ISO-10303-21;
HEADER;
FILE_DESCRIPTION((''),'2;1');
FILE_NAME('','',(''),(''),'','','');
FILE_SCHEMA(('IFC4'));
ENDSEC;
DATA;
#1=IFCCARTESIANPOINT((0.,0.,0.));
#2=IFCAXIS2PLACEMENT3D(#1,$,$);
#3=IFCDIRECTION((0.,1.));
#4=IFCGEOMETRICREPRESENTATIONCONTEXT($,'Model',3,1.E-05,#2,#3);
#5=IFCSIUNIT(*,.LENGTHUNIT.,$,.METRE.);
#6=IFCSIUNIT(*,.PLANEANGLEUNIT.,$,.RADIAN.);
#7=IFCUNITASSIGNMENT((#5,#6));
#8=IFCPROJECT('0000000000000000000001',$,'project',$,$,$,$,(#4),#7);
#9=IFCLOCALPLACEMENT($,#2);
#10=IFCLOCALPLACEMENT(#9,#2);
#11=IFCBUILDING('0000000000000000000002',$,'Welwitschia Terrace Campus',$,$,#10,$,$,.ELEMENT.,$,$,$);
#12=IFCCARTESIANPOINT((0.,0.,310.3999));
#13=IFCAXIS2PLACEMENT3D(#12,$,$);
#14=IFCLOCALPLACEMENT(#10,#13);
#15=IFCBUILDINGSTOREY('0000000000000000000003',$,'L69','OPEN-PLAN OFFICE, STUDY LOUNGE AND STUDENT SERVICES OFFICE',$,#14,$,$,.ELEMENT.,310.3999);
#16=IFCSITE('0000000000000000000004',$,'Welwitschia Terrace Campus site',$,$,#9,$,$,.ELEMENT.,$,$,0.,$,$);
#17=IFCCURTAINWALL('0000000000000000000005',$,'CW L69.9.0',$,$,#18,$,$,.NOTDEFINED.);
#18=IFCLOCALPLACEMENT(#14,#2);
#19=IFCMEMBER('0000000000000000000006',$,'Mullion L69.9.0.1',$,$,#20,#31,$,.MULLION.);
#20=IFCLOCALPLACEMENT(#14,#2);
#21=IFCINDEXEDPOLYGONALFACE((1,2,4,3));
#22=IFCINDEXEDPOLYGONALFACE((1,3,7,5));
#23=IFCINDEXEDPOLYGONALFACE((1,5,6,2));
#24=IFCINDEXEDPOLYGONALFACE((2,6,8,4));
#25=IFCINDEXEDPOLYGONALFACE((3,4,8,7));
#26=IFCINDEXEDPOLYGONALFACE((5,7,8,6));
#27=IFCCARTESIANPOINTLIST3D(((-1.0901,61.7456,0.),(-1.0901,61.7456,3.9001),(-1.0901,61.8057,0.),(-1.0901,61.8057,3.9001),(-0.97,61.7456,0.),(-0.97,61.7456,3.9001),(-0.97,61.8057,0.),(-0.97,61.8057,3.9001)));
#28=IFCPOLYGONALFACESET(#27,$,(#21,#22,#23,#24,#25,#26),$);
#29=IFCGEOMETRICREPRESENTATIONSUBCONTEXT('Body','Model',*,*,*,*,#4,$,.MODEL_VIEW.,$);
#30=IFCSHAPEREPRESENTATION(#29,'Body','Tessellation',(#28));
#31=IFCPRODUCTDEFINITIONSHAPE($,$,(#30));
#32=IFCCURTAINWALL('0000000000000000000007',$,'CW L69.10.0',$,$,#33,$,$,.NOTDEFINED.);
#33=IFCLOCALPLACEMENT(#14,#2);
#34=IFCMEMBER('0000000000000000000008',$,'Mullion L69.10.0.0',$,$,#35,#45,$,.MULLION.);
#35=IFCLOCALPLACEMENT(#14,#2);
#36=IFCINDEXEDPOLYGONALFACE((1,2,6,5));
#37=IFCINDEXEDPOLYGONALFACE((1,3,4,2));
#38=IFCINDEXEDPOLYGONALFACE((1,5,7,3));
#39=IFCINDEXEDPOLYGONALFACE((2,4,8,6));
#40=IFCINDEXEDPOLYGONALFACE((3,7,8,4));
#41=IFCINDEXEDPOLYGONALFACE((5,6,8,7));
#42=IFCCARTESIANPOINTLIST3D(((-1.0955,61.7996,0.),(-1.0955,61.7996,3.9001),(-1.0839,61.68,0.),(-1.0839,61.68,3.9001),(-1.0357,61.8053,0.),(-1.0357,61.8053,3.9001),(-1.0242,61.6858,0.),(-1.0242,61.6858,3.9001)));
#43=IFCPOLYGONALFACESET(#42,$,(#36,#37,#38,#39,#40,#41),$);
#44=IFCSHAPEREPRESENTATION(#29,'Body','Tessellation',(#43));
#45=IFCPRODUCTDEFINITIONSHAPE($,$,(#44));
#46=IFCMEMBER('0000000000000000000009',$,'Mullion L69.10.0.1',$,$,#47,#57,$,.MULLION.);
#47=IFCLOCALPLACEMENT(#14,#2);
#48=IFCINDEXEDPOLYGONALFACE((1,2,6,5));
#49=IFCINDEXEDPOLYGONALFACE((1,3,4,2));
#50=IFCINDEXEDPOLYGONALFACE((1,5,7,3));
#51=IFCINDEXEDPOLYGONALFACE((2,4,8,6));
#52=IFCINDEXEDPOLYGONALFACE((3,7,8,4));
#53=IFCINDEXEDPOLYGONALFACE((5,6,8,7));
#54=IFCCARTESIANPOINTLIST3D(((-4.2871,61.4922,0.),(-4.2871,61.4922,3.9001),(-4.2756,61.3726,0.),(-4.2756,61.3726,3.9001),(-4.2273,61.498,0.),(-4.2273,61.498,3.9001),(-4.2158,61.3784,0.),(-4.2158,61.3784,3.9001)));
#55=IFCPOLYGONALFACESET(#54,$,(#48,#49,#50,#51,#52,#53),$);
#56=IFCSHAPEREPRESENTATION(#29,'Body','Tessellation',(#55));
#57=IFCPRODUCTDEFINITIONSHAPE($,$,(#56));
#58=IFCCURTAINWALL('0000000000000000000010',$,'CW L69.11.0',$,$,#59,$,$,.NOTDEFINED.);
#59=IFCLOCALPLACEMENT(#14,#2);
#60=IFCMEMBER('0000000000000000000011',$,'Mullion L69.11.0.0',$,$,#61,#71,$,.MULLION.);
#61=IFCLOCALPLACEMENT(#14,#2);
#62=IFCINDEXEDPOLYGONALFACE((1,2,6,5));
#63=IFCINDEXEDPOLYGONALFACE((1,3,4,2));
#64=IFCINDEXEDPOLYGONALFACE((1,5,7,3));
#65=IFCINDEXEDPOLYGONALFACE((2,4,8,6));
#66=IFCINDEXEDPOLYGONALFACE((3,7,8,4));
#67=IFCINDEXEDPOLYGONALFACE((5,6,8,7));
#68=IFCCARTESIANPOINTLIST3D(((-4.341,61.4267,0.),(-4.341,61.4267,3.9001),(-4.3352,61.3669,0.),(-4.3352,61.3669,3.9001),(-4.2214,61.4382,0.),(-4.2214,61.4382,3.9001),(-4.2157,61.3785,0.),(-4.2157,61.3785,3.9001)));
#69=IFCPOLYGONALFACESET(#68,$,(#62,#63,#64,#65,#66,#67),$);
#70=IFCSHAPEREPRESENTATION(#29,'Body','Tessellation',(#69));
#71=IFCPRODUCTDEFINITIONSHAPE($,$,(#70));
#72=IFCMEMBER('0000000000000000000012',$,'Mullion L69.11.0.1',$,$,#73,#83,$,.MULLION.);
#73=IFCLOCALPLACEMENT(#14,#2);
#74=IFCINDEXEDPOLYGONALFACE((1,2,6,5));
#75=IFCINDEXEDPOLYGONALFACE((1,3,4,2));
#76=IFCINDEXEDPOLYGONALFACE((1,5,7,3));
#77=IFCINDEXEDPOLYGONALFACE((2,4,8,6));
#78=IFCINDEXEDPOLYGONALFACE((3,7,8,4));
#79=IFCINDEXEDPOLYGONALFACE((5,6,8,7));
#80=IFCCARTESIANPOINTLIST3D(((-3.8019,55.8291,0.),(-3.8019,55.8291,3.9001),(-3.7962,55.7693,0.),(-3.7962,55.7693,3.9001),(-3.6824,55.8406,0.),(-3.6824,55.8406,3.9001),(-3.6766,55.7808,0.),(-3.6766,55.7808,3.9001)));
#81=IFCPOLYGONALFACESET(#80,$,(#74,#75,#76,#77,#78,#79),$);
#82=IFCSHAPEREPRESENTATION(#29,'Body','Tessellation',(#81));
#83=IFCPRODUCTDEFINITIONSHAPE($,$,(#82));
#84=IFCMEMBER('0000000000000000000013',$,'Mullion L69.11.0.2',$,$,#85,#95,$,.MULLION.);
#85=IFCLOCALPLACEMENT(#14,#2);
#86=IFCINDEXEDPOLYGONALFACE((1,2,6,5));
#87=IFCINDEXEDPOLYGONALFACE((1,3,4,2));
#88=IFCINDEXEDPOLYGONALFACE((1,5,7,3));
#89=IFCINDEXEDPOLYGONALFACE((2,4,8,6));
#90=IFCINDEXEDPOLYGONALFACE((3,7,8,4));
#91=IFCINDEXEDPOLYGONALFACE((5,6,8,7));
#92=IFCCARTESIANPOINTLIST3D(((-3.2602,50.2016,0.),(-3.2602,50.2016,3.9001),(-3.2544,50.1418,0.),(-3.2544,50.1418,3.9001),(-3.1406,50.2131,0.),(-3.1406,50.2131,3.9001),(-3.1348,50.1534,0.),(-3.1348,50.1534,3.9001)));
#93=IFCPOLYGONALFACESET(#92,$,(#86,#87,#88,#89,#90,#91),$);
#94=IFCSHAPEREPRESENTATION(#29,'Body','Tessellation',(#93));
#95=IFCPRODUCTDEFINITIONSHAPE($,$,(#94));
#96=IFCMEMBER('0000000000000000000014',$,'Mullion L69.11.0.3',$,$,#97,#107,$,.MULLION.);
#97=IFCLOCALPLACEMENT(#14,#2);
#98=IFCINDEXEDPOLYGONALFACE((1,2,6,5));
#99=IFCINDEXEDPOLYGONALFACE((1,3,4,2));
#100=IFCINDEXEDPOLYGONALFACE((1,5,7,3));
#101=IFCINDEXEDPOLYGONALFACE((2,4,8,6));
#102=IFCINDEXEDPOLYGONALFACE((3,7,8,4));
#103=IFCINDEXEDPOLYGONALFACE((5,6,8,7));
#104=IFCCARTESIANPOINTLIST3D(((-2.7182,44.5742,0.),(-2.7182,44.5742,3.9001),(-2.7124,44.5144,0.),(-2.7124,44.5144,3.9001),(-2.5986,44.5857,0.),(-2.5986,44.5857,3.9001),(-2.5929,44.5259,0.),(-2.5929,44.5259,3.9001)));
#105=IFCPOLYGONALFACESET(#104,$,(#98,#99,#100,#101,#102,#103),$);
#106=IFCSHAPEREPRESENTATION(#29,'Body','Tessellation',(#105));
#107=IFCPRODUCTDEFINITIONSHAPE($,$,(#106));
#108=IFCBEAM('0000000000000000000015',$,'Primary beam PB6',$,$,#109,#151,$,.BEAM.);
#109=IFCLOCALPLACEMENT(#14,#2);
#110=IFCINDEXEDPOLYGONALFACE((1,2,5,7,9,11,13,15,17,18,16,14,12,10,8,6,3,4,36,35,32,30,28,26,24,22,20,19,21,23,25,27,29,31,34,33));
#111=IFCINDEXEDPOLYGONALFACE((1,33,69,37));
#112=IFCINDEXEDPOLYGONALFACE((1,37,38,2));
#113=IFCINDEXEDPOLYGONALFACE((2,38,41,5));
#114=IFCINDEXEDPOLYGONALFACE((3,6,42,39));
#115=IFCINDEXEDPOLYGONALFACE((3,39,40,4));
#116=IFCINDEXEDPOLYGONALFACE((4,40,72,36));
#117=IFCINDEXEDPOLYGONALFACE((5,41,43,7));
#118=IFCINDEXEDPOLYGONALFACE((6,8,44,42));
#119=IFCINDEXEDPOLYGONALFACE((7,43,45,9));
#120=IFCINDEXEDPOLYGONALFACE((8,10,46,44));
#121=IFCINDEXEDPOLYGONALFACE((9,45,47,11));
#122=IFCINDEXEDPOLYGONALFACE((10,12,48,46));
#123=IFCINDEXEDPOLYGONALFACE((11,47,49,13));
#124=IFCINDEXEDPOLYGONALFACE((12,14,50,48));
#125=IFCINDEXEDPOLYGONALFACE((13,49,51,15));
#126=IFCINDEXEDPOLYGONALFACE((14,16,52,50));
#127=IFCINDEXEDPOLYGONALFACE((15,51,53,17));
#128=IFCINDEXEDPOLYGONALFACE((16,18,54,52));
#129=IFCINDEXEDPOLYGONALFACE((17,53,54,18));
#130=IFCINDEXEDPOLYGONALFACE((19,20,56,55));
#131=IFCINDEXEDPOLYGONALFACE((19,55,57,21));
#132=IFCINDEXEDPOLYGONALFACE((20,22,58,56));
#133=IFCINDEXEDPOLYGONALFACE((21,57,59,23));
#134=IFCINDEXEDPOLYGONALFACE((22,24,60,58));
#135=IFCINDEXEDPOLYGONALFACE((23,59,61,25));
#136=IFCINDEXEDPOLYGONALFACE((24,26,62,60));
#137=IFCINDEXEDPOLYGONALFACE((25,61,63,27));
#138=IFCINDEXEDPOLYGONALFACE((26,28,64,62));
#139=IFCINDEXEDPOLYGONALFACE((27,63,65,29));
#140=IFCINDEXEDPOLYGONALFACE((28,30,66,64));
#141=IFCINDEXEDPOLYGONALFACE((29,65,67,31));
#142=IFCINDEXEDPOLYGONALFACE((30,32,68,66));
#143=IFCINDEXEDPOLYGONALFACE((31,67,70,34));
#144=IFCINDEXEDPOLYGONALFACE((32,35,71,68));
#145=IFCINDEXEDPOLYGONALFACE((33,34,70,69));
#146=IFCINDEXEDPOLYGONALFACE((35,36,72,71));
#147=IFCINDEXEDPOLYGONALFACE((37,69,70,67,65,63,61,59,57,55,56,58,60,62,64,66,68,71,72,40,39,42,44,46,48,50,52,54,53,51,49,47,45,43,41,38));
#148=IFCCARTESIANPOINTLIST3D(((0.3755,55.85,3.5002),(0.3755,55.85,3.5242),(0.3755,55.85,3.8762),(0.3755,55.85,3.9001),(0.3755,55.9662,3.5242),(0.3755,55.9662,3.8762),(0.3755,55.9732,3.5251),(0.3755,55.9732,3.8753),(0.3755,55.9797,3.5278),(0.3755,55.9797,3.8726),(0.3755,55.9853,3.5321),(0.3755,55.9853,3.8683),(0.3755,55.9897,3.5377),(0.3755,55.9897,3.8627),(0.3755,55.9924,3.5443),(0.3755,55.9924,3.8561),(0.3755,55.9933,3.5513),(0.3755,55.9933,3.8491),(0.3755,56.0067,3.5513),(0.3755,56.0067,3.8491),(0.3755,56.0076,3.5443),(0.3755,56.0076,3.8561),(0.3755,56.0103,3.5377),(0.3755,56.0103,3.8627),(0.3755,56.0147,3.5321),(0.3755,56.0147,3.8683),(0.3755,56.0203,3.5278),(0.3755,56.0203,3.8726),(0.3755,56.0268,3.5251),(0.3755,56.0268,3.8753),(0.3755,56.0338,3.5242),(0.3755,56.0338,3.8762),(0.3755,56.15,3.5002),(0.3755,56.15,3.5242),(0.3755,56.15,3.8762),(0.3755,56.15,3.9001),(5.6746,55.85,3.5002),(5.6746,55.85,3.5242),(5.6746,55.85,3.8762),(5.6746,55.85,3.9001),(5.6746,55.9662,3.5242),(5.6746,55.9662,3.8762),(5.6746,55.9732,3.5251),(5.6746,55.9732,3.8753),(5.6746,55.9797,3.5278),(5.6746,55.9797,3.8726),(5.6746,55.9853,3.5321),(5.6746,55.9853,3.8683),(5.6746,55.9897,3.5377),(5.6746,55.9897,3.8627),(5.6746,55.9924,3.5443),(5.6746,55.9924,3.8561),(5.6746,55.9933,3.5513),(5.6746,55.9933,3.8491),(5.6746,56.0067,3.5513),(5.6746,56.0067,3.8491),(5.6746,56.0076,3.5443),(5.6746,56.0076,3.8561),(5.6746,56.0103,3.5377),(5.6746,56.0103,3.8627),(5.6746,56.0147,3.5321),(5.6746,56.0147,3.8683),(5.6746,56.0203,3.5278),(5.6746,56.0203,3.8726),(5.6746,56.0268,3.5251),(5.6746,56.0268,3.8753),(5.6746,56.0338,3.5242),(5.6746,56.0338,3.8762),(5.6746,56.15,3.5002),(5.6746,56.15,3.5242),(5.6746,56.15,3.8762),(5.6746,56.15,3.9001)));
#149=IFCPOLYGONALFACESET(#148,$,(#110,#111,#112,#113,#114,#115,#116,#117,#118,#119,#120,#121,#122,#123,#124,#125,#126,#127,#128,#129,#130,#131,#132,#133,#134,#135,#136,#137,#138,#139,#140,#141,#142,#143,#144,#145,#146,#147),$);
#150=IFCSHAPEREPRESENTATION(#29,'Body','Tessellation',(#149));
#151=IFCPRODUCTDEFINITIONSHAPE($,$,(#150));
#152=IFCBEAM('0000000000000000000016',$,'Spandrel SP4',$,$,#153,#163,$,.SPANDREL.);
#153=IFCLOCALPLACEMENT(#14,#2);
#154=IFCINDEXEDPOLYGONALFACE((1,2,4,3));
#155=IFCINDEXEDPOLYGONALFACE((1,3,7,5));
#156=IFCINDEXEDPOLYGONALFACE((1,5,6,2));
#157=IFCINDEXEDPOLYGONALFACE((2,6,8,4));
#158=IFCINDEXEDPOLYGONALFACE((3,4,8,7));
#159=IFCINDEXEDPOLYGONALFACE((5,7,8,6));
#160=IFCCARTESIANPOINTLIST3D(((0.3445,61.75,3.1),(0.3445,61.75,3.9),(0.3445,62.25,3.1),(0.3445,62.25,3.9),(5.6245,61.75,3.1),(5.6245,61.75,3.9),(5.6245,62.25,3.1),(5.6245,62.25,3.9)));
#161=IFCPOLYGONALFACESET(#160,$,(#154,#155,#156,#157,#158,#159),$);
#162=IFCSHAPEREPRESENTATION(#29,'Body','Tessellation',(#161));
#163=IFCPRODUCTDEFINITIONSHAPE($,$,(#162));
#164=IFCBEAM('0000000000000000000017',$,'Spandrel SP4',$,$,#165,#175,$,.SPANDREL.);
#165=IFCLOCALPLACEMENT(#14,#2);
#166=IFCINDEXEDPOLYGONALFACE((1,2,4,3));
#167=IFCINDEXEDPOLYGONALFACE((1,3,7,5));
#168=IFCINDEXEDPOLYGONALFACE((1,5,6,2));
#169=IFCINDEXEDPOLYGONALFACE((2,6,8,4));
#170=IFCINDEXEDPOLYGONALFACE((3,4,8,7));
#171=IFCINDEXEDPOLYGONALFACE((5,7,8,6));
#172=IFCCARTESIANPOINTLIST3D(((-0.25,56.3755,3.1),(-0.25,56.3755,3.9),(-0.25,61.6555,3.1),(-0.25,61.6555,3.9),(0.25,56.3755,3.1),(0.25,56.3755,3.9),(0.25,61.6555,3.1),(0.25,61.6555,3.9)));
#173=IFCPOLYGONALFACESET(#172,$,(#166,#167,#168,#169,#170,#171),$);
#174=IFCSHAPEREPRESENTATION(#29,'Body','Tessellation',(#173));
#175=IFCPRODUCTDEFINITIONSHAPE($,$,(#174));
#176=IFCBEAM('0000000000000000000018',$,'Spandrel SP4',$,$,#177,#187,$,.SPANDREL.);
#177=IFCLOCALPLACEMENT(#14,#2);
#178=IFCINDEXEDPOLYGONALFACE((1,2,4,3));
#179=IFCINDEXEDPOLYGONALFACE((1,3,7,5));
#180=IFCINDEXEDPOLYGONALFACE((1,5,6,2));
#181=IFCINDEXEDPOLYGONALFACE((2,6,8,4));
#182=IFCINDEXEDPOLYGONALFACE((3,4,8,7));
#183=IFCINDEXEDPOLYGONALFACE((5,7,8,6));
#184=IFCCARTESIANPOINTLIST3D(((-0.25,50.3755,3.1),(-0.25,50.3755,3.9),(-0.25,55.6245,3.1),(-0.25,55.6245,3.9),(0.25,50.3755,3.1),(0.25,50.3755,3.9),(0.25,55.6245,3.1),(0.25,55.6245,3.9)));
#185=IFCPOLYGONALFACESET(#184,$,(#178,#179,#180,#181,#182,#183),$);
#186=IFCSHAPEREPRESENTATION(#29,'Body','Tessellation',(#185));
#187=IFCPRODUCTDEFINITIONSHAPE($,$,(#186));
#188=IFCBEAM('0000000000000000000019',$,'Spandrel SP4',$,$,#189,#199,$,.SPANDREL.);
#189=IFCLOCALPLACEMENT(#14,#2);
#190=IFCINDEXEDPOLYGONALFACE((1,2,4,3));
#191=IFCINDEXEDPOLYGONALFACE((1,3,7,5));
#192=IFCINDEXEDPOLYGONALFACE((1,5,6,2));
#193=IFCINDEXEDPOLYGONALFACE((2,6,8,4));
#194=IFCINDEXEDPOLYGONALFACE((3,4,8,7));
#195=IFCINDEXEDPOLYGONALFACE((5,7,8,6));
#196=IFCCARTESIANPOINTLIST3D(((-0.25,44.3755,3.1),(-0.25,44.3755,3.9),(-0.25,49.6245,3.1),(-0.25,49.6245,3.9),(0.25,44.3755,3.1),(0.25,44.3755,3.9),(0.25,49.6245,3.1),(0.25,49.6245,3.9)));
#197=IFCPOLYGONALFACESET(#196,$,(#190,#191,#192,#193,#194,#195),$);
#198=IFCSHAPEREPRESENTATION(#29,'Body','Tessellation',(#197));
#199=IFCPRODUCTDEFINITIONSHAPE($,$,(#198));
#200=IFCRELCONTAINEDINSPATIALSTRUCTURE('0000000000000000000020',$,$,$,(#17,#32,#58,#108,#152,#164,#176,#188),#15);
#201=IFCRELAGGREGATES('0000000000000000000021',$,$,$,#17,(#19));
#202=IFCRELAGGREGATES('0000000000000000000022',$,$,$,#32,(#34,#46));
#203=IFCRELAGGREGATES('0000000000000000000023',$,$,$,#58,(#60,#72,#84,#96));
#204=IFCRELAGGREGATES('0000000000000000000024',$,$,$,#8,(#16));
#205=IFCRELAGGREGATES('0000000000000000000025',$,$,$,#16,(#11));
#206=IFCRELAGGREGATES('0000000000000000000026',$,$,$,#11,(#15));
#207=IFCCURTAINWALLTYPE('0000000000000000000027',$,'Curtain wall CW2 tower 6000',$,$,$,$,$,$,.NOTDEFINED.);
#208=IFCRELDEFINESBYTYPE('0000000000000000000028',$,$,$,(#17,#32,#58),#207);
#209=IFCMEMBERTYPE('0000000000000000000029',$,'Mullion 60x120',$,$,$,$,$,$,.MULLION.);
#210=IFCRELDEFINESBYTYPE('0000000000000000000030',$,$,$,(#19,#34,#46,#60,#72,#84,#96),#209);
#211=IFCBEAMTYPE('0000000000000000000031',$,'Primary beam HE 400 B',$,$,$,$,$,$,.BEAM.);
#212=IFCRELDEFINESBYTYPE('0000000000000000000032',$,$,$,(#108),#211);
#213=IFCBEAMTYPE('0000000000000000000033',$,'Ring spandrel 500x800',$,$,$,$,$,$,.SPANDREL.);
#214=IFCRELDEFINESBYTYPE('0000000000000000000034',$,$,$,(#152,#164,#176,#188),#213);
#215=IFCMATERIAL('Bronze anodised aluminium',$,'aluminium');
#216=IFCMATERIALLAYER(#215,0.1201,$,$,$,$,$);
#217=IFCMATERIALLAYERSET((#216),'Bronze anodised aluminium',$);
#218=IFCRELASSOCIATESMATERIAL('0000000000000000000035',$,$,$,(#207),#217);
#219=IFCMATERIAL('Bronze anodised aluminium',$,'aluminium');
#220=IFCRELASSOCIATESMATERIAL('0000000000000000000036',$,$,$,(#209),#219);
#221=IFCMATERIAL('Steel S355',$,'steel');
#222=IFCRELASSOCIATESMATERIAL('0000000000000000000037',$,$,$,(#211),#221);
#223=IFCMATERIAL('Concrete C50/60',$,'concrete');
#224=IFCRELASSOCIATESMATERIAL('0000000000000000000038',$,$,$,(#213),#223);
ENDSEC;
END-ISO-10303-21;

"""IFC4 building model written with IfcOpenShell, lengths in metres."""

from ifc_helpers import new_model, si_unit, direction, frame, origin, origin_2d, place, context, subcontext, project, spatial, rectangle, i_section, extrude, material, layer, layer_set, material_profile, profile_set, type_object, element, aggregate, save


model = new_model("IFC4")

# Units and contexts
model_context = context("Model", 3, precision=1e-05, world=origin(), true_north=direction((0.0, 1.0)))
body_context = subcontext(model_context, "Body", "Model", "MODEL_VIEW")
ifc_project = project(units=[si_unit("LENGTHUNIT", "METRE"), si_unit("PLANEANGLEUNIT", "RADIAN")], contexts=[model_context])

# Site, building, storey
site_placement = place(None, origin())
site = spatial("IfcSite", under=ifc_project, at=site_placement, Name="Welwitschia Terrace Campus site", CompositionType="ELEMENT", RefElevation=0.0)
building_placement = place(site_placement, origin())
building = spatial("IfcBuilding", under=site, at=building_placement, Name="Welwitschia Terrace Campus", CompositionType="ELEMENT")
storey_placement = place(building_placement, frame((0.0, 0.0, 310.3999)))
storey = spatial("IfcBuildingStorey", under=building, at=storey_placement, Name="L69", Description="OPEN-PLAN OFFICE, STUDY LOUNGE AND STUDENT SERVICES OFFICE", CompositionType="ELEMENT", Elevation=310.3999)

# Curtain walls, members
ifc_material_1 = material(Name="Bronze anodised aluminium", Category="aluminium")
ifc_layer_1 = layer(ifc_material_1, 0.1201)
ifc_layer_set_1 = layer_set([ifc_layer_1], Name="Bronze anodised aluminium")
curtain_wall_type = type_object("IfcCurtainWallType", Name="Curtain wall CW2 tower 6000", PredefinedType="NOTDEFINED", material=ifc_layer_set_1)
ifc_material_2 = material(Name="Bronze anodised aluminium", Category="aluminium")
ifc_material_profile_1 = material_profile(ifc_material_2, rectangle(XDim=0.1201, YDim=0.0601, at=origin_2d()))
ifc_profile_set_1 = profile_set([ifc_material_profile_1], Name="Bronze anodised aluminium")
member_type_1 = type_object("IfcMemberType", Name="Mullion 60x120", PredefinedType="MULLION", material=ifc_profile_set_1)
curtain_wall_1_placement = place(storey_placement, origin())
curtain_wall_1 = element("IfcCurtainWall", 1, at=curtain_wall_1_placement, inside=storey, type_object=curtain_wall_type, Name="CW L69.9.0", PredefinedType="NOTDEFINED")
member_1_placement = place(storey_placement, frame((-1.03, 61.7756, 0.0), z_axis=(0.0, 0.0, 1.0), x_axis=(1.0, 0.0, 0.0)))
member_1 = element("IfcMember", 2, at=member_1_placement, type_object=member_type_1, Name="Mullion L69.9.0.1", PredefinedType="MULLION", context=body_context, shape_type="SweptSolid", body=[
    extrude(rectangle(XDim=0.1201, YDim=0.0601, at=origin_2d()), origin(), (0.0, 0.0, 1.0), 3.9001),
])
curtain_wall_2_placement = place(storey_placement, origin())
curtain_wall_2 = element("IfcCurtainWall", 3, at=curtain_wall_2_placement, inside=storey, type_object=curtain_wall_type, Name="CW L69.10.0", PredefinedType="NOTDEFINED")
member_2_placement = place(storey_placement, frame((-1.0598, 61.7427, 0.0), z_axis=(0.0, 0.0, 1.0), x_axis=(0.095846, -0.995396, 0.0)))
member_2 = element("IfcMember", 4, at=member_2_placement, type_object=member_type_1, Name="Mullion L69.10.0.0", PredefinedType="MULLION", context=body_context, shape_type="SweptSolid", body=[
    extrude(rectangle(XDim=0.1201, YDim=0.0601, at=origin_2d()), origin(), (0.0, 0.0, 1.0), 3.9001),
])
member_3_placement = place(storey_placement, frame((-4.2515, 61.4353, 0.0), z_axis=(0.0, 0.0, 1.0), x_axis=(0.095846, -0.995396, 0.0)))
member_3 = element("IfcMember", 5, at=member_3_placement, type_object=member_type_1, Name="Mullion L69.10.0.1", PredefinedType="MULLION", context=body_context, shape_type="SweptSolid", body=[
    extrude(rectangle(XDim=0.1201, YDim=0.0601, at=origin_2d()), origin(), (0.0, 0.0, 1.0), 3.9001),
])
curtain_wall_3_placement = place(storey_placement, origin())
curtain_wall_3 = element("IfcCurtainWall", 6, at=curtain_wall_3_placement, inside=storey, type_object=curtain_wall_type, Name="CW L69.11.0", PredefinedType="NOTDEFINED")
member_4_placement = place(storey_placement, frame((-4.2783, 61.4026, 0.0), z_axis=(0.0, 0.0, 1.0), x_axis=(0.995396, 0.095846, 0.0)))
member_4 = element("IfcMember", 7, at=member_4_placement, type_object=member_type_1, Name="Mullion L69.11.0.0", PredefinedType="MULLION", context=body_context, shape_type="SweptSolid", body=[
    extrude(rectangle(XDim=0.1201, YDim=0.0601, at=origin_2d()), origin(), (0.0, 0.0, 1.0), 3.9001),
])
member_5_placement = place(storey_placement, frame((-3.7393, 55.8049, 0.0), z_axis=(0.0, 0.0, 1.0), x_axis=(0.995396, 0.095846, 0.0)))
member_5 = element("IfcMember", 8, at=member_5_placement, type_object=member_type_1, Name="Mullion L69.11.0.1", PredefinedType="MULLION", context=body_context, shape_type="SweptSolid", body=[
    extrude(rectangle(XDim=0.1201, YDim=0.0601, at=origin_2d()), origin(), (0.0, 0.0, 1.0), 3.9001),
])
member_6_placement = place(storey_placement, frame((-3.1975, 50.1775, 0.0), z_axis=(0.0, 0.0, 1.0), x_axis=(0.995396, 0.095846, 0.0)))
member_6 = element("IfcMember", 9, at=member_6_placement, type_object=member_type_1, Name="Mullion L69.11.0.2", PredefinedType="MULLION", context=body_context, shape_type="SweptSolid", body=[
    extrude(rectangle(XDim=0.1201, YDim=0.0601, at=origin_2d()), origin(), (0.0, 0.0, 1.0), 3.9001),
])
member_7_placement = place(storey_placement, frame((-2.6555, 44.55, 0.0), z_axis=(0.0, 0.0, 1.0), x_axis=(0.995396, 0.095846, 0.0)))
member_7 = element("IfcMember", 10, at=member_7_placement, type_object=member_type_1, Name="Mullion L69.11.0.3", PredefinedType="MULLION", context=body_context, shape_type="SweptSolid", body=[
    extrude(rectangle(XDim=0.1201, YDim=0.0601, at=origin_2d()), origin(), (0.0, 0.0, 1.0), 3.9001),
])

# Beams
ifc_material_3 = material(Name="Steel S355", Category="steel")
ifc_material_profile_2 = material_profile(ifc_material_3, i_section(OverallWidth=0.3, OverallDepth=0.3999, WebThickness=0.0134, FlangeThickness=0.0239, FilletRadius=0.0271, at=origin_2d()))
ifc_profile_set_2 = profile_set([ifc_material_profile_2], Name="Steel S355")
beam_type_1 = type_object("IfcBeamType", Name="Primary beam HE 400 B", PredefinedType="BEAM", material=ifc_profile_set_2)
beam_1_placement = place(storey_placement, frame((0.3755, 56.0, 3.7002), z_axis=(1.0, 0.0, 0.0), x_axis=(0.0, 1.0, 0.0)))
element("IfcBeam", 11, at=beam_1_placement, inside=storey, type_object=beam_type_1, Name="Primary beam PB6", PredefinedType="BEAM", context=body_context, shape_type="SweptSolid", body=[
    extrude(i_section(OverallWidth=0.3, OverallDepth=0.3999, WebThickness=0.0134, FlangeThickness=0.0239, FilletRadius=0.0271, at=origin_2d()), origin(), (0.0, 0.0, 1.0), 5.2991),
])
ifc_material_4 = material(Name="Concrete C50/60", Category="concrete")
ifc_material_profile_3 = material_profile(ifc_material_4, rectangle(XDim=0.5, YDim=0.8, at=origin_2d()))
ifc_profile_set_3 = profile_set([ifc_material_profile_3], Name="Concrete C50/60")
beam_type_2 = type_object("IfcBeamType", Name="Ring spandrel 500x800", PredefinedType="SPANDREL", material=ifc_profile_set_3)
for number, where, z_axis, x_axis, name in (
    (12, (5.6245, 62.0, 3.5), (-1.0, 0.0, 0.0), (0.0, -1.0, 0.0), "Spandrel SP4"),
    (13, (0.0, 61.6555, 3.5), (0.0, -1.0, 0.0), (1.0, 0.0, 0.0), "Spandrel SP4"),
):
    element("IfcBeam", number, at=place(storey_placement, frame(where, z_axis=z_axis, x_axis=x_axis)), inside=storey, type_object=beam_type_2, Name=name, PredefinedType="SPANDREL", context=body_context, shape_type="SweptSolid", body=[
        extrude(rectangle(XDim=0.5, YDim=0.8, at=origin_2d()), origin(), (0.0, 0.0, 1.0), 5.28),
    ])
for number, where, z_axis, x_axis, name in (
    (14, (0.0, 55.6245, 3.5), (0.0, -1.0, 0.0), (1.0, 0.0, 0.0), "Spandrel SP4"),
    (15, (0.0, 49.6245, 3.5), (0.0, -1.0, 0.0), (1.0, 0.0, 0.0), "Spandrel SP4"),
):
    element("IfcBeam", number, at=place(storey_placement, frame(where, z_axis=z_axis, x_axis=x_axis)), inside=storey, type_object=beam_type_2, Name=name, PredefinedType="SPANDREL", context=body_context, shape_type="SweptSolid", body=[
        extrude(rectangle(XDim=0.5, YDim=0.8, at=origin_2d()), origin(), (0.0, 0.0, 1.0), 5.249),
    ])

aggregate(curtain_wall_1, [member_1])
aggregate(curtain_wall_2, [member_2, member_3])
aggregate(curtain_wall_3, [member_4, member_5, member_6, member_7])

save(model, "model.ifc")
